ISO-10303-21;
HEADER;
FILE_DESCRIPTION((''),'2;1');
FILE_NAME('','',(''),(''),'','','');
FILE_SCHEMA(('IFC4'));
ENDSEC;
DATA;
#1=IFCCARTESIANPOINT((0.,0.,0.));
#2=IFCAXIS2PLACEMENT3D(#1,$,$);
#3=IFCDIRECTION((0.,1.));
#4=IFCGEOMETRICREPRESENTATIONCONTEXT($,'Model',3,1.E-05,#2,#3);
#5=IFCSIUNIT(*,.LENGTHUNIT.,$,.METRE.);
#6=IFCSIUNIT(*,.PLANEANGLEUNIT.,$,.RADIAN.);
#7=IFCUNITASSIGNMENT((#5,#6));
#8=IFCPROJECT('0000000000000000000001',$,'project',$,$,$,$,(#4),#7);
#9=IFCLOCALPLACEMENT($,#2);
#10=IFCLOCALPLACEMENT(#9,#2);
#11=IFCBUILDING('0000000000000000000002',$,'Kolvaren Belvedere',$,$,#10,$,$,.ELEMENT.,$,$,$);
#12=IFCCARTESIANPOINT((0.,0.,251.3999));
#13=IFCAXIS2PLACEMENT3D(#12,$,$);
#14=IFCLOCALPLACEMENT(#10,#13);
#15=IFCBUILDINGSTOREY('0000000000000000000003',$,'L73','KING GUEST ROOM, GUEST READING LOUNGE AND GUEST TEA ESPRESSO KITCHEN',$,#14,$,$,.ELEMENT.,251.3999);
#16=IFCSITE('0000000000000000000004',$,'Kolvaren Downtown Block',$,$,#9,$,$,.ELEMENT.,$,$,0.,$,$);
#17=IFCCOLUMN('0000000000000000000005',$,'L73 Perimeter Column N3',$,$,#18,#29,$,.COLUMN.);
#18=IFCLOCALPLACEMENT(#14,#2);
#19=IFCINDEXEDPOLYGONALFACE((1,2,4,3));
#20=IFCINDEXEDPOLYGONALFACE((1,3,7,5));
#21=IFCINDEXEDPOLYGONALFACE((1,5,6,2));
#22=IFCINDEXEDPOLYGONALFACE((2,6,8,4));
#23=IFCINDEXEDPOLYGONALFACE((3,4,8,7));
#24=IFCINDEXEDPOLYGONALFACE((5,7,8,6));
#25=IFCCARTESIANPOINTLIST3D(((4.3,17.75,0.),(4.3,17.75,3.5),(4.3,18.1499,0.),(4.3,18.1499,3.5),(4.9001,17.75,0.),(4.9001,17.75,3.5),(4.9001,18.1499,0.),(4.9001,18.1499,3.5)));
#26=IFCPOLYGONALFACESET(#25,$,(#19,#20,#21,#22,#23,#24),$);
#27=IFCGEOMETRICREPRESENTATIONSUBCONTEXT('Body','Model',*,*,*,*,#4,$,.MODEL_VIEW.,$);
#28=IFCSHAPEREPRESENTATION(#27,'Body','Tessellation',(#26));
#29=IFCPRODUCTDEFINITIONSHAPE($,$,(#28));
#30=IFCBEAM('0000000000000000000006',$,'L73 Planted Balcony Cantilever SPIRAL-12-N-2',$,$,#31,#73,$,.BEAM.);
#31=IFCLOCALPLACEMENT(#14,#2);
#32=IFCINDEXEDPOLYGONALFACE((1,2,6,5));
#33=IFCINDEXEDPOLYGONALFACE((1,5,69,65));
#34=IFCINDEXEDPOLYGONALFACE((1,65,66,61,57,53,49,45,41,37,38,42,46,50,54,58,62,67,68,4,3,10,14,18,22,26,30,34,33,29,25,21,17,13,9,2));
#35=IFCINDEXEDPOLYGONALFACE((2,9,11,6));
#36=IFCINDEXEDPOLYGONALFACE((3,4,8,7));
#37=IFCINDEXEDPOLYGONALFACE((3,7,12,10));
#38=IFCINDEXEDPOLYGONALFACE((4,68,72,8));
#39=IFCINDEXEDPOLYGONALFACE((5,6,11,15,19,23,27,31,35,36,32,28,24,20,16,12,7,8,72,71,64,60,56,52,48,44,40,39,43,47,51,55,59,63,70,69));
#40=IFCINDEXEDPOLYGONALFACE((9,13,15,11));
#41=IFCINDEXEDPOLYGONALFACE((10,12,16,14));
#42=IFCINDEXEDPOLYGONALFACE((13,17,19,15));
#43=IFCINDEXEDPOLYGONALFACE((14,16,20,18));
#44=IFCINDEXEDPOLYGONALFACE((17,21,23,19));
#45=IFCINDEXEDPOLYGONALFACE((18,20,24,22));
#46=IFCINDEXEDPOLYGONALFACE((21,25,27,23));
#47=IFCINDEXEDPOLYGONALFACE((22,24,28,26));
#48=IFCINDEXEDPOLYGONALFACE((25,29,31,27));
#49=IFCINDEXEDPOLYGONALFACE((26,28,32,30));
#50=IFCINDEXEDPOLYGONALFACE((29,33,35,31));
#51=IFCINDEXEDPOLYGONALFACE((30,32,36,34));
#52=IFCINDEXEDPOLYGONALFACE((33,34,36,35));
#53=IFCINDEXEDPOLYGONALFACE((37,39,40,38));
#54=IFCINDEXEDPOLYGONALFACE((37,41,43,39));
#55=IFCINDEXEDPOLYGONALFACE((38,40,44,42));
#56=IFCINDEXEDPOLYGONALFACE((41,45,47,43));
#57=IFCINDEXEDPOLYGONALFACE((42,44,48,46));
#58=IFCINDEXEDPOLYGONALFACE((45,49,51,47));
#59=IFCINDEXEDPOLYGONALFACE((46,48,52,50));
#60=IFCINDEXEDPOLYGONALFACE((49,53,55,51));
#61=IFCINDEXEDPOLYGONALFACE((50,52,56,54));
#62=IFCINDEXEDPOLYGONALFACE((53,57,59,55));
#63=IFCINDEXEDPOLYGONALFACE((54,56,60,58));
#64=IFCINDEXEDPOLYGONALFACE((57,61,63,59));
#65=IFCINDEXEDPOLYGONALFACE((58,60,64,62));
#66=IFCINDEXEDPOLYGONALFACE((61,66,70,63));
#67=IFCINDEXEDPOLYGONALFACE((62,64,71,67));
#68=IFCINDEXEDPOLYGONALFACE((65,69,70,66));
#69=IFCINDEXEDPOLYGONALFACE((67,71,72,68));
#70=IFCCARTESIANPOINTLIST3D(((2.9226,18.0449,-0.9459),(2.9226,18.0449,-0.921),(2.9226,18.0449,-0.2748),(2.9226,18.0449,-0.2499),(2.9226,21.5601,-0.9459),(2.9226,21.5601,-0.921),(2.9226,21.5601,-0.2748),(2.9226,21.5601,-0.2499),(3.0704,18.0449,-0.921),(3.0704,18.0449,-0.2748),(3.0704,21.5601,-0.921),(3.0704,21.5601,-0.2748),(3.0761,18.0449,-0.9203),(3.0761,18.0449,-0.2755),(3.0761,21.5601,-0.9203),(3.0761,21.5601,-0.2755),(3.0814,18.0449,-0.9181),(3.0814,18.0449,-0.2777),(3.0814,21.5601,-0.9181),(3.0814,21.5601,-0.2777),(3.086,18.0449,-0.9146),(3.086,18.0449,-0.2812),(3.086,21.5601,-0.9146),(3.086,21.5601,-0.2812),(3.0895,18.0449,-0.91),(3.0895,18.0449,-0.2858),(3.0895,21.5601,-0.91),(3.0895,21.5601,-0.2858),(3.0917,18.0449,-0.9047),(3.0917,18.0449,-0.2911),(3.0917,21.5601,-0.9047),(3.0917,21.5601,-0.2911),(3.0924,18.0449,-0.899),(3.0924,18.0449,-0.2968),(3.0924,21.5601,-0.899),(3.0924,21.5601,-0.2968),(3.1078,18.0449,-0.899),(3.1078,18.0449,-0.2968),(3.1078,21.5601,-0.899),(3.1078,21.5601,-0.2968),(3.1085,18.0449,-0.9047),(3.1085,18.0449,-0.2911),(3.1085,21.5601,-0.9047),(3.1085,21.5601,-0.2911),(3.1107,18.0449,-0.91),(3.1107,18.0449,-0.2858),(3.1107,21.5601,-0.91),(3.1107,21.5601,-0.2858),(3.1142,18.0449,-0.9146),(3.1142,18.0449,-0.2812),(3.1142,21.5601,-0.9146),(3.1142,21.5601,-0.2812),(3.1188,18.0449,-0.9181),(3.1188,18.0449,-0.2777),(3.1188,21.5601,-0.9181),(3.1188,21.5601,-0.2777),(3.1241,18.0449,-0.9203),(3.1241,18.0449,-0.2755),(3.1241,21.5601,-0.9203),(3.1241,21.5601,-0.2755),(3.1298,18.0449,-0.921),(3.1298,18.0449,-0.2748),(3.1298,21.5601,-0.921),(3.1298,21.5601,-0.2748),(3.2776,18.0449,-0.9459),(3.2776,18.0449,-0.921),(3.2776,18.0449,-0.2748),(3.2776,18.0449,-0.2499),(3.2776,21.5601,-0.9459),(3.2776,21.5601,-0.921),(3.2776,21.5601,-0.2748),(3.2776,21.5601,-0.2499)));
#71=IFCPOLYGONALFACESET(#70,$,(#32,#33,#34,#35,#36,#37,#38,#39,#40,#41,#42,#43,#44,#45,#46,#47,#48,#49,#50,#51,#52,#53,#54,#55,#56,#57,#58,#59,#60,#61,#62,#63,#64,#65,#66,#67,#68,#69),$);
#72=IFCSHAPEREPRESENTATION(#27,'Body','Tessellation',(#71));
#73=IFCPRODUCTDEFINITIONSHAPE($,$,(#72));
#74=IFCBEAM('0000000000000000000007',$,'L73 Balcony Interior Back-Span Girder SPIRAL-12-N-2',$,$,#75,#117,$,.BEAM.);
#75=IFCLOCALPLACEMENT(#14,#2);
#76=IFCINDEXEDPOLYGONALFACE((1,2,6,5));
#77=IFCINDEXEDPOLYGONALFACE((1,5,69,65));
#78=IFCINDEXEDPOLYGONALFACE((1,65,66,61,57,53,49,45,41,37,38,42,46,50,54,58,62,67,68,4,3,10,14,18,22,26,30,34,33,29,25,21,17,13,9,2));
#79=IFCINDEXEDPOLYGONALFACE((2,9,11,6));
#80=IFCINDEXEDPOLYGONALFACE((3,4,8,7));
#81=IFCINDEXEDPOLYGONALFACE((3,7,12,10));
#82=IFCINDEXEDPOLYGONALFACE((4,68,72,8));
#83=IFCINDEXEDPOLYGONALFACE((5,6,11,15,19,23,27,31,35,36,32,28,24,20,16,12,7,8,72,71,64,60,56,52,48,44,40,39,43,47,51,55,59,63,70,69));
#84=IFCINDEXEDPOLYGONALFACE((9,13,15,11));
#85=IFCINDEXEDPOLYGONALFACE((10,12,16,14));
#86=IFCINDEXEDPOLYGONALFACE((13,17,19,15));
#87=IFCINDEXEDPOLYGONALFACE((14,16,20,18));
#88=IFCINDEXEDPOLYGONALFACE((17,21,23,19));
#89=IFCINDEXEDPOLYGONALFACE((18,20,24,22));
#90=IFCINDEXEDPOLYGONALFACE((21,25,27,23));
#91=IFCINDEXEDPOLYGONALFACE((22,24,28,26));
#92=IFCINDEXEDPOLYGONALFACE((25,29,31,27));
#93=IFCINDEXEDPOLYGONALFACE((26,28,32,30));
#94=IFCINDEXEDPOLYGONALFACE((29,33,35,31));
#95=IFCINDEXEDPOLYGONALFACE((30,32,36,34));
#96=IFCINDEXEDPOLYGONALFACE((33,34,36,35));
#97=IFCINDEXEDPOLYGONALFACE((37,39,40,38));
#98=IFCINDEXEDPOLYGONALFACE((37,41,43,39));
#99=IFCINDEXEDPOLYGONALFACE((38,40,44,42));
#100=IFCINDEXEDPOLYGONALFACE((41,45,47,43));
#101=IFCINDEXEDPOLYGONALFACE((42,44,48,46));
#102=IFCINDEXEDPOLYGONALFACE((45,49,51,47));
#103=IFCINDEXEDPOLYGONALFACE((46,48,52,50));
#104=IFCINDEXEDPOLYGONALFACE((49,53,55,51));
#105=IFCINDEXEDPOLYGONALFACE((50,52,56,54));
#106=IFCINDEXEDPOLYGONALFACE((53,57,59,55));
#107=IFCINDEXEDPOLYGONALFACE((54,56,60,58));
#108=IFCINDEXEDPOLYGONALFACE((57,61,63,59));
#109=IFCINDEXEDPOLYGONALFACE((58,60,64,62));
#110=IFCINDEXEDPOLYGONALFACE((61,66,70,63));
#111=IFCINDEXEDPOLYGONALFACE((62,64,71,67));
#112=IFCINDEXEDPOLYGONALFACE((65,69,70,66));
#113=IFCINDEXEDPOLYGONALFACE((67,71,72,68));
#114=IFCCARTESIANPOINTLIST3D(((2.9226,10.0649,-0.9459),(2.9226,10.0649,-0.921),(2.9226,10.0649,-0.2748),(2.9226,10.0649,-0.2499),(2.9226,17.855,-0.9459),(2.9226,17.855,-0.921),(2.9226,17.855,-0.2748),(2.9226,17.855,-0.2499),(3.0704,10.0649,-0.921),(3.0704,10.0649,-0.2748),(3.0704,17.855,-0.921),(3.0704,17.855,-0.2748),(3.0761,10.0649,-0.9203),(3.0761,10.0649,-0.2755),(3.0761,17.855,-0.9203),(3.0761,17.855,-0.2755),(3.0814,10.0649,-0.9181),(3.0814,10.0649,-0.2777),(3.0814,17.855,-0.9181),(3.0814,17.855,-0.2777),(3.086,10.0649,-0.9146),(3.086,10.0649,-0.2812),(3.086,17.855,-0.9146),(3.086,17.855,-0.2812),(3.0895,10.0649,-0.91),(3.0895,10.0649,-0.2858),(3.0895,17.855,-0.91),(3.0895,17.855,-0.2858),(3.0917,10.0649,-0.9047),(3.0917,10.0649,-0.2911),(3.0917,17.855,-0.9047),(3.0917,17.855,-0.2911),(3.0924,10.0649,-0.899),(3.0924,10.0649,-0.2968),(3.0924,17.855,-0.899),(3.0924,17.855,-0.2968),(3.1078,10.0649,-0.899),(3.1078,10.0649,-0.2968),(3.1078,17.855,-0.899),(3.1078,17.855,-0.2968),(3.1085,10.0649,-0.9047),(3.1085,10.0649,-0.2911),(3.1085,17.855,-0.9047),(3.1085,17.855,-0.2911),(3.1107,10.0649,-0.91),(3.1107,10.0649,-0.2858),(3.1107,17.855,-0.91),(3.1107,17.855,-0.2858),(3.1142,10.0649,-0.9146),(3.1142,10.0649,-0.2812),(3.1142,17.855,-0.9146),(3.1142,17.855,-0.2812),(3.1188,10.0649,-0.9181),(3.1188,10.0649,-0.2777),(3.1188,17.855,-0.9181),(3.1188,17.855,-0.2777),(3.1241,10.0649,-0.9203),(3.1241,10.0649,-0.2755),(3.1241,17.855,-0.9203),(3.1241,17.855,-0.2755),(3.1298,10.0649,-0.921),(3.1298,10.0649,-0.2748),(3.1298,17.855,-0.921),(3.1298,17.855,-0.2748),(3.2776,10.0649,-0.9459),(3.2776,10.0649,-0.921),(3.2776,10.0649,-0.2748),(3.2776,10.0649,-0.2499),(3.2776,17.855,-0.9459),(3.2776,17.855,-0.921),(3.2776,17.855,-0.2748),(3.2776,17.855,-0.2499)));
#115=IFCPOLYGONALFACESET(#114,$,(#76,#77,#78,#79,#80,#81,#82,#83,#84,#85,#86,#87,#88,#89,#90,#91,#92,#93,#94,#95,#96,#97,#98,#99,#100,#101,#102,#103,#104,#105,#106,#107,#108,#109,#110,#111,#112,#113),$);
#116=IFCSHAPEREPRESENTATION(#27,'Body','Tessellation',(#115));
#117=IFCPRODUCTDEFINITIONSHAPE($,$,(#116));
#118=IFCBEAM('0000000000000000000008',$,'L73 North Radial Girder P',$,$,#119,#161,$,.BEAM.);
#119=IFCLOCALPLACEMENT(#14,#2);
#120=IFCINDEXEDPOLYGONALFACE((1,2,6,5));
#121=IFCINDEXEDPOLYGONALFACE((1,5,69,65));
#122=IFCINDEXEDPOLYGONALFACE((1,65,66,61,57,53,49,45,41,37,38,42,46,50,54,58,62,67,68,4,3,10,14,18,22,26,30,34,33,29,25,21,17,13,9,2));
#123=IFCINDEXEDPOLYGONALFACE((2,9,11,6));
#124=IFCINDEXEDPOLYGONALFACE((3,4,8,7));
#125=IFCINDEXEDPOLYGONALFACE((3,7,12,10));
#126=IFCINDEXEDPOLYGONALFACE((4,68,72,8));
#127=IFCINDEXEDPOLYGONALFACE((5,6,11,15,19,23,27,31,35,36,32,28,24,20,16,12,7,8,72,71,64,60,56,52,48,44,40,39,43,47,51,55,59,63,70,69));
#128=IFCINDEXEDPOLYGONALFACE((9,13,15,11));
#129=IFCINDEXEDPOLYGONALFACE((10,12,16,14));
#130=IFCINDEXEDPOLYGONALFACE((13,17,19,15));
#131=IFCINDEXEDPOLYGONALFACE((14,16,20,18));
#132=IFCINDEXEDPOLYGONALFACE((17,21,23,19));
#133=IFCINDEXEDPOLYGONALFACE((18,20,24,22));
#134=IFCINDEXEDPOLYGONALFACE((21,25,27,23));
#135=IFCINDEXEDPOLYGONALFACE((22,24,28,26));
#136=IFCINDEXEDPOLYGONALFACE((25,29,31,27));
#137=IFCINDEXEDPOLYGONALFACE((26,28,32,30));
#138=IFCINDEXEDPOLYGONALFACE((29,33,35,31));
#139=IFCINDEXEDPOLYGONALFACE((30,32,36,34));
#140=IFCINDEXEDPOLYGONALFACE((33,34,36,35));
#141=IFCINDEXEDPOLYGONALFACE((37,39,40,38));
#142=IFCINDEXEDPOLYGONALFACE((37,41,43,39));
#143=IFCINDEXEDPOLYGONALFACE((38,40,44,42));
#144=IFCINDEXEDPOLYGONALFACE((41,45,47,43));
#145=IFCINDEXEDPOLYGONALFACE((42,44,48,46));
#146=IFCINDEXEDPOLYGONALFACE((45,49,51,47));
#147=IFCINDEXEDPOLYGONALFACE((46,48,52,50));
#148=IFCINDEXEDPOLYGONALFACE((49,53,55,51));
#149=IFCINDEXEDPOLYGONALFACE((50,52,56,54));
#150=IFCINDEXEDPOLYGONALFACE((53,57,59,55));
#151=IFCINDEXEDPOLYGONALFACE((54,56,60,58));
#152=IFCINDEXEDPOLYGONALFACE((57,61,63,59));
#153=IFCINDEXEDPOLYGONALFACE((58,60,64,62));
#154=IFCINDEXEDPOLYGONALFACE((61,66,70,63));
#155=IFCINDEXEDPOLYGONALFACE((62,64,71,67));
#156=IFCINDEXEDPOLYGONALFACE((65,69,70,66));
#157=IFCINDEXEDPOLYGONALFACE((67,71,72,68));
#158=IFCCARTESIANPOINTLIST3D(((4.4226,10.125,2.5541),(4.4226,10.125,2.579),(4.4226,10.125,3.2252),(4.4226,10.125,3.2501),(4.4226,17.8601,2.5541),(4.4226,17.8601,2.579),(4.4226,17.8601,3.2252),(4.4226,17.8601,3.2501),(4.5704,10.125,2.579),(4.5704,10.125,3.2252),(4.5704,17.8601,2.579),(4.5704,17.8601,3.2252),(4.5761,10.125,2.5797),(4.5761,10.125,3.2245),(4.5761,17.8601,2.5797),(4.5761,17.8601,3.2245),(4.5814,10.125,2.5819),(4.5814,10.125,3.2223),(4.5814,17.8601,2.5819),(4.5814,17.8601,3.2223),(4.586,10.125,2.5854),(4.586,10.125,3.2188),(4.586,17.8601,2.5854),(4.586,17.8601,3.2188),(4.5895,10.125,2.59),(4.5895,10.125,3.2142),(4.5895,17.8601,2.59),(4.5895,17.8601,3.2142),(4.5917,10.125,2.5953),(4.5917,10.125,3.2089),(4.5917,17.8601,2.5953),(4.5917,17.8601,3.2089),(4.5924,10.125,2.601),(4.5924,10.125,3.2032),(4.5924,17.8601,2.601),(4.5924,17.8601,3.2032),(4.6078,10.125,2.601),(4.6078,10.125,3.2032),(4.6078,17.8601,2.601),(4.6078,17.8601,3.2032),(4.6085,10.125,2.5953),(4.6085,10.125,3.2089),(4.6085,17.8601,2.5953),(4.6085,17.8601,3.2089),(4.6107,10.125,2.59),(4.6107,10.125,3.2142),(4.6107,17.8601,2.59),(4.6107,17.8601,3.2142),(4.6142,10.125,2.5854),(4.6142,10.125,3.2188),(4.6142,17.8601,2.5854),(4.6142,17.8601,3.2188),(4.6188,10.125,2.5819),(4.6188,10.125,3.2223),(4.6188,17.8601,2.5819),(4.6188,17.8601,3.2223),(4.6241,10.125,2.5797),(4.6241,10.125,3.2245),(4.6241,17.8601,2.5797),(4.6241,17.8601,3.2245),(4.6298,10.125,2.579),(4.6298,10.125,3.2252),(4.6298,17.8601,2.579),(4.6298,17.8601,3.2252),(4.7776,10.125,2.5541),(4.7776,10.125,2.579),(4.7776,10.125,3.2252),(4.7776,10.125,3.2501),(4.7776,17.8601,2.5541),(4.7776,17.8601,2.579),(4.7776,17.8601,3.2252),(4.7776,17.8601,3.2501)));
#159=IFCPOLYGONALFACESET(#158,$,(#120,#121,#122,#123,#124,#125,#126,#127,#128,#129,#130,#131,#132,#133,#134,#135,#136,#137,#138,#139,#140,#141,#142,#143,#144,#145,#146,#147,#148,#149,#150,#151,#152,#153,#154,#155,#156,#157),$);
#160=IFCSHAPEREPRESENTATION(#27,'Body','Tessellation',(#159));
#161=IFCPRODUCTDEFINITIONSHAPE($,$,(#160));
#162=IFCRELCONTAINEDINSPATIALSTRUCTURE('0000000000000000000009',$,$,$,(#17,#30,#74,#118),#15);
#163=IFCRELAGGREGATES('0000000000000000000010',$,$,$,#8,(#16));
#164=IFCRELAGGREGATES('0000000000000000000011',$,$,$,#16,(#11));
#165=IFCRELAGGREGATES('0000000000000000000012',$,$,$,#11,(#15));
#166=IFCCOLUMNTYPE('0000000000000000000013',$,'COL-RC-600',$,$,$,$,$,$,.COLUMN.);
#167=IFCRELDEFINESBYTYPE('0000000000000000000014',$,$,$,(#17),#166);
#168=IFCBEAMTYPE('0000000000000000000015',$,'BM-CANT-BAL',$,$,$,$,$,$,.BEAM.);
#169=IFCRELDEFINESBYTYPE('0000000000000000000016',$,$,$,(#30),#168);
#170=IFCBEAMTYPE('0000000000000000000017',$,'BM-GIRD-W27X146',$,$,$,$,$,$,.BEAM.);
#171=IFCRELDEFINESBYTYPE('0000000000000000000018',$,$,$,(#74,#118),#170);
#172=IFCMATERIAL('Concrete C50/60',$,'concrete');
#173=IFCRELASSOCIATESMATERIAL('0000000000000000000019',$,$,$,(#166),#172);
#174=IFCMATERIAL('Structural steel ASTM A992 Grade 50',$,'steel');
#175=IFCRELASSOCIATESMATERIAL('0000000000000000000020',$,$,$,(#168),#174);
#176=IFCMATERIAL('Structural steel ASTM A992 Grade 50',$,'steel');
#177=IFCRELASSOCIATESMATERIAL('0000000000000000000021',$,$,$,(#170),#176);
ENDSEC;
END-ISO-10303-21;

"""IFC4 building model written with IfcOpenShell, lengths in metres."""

from ifc_helpers import new_model, si_unit, direction, frame, origin, origin_2d, place, context, subcontext, project, spatial, rectangle, i_section, extrude, material, material_profile, profile_set, type_object, element, save


model = new_model("IFC4")

# Units and contexts
model_context = context("Model", 3, precision=1e-05, world=origin(), true_north=direction((0.0, 1.0)))
body_context = subcontext(model_context, "Body", "Model", "MODEL_VIEW")
ifc_project = project(units=[si_unit("LENGTHUNIT", "METRE"), si_unit("PLANEANGLEUNIT", "RADIAN")], contexts=[model_context])

# Site, building, storey
site_placement = place(None, origin())
site = spatial("IfcSite", under=ifc_project, at=site_placement, Name="Kolvaren Downtown Block", CompositionType="ELEMENT", RefElevation=0.0)
building_placement = place(site_placement, origin())
building = spatial("IfcBuilding", under=site, at=building_placement, Name="Kolvaren Belvedere", CompositionType="ELEMENT")
storey_placement = place(building_placement, frame((0.0, 0.0, 251.3999)))
storey = spatial("IfcBuildingStorey", under=building, at=storey_placement, Name="L73", Description="KING GUEST ROOM, GUEST READING LOUNGE AND GUEST TEA ESPRESSO KITCHEN", CompositionType="ELEMENT", Elevation=251.3999)

# Column
ifc_material_1 = material(Name="Concrete C50/60", Category="concrete")
ifc_material_profile_1 = material_profile(ifc_material_1, rectangle(XDim=0.6001, YDim=0.3999, at=origin_2d()), Name="RC 600X400")
ifc_profile_set_1 = profile_set([ifc_material_profile_1], Name="Concrete C50/60")
column_type = type_object("IfcColumnType", Name="COL-RC-600", PredefinedType="COLUMN", material=ifc_profile_set_1)
column_placement = place(storey_placement, frame((4.6001, 17.95, 0.0), z_axis=(0.0, 0.0, 1.0), x_axis=(1.0, 0.0, 0.0)))
element("IfcColumn", 1, at=column_placement, inside=storey, type_object=column_type, Name="L73 Perimeter Column N3", PredefinedType="COLUMN", context=body_context, shape_type="SweptSolid", body=[
    extrude(rectangle(XDim=0.6001, YDim=0.3999, at=origin_2d()), origin(), (0.0, 0.0, 1.0), 3.5),
])

# Beams
ifc_material_2 = material(Name="Structural steel ASTM A992 Grade 50", Category="steel")
ifc_material_profile_2 = material_profile(ifc_material_2, i_section(OverallWidth=0.355, OverallDepth=0.696, WebThickness=0.0154, FlangeThickness=0.0249, FilletRadius=0.022, at=origin_2d()), Name="W27X146")
ifc_profile_set_2 = profile_set([ifc_material_profile_2], Name="Structural steel ASTM A992 Grade 50")
beam_type_1 = type_object("IfcBeamType", Name="BM-CANT-BAL", PredefinedType="BEAM", material=ifc_profile_set_2)
beam_1_placement = place(storey_placement, frame((3.1001, 18.0449, -0.5979), z_axis=(0.0, 1.0, 0.0), x_axis=(-1.0, 0.0, 0.0)))
element("IfcBeam", 2, at=beam_1_placement, inside=storey, type_object=beam_type_1, Name="L73 Planted Balcony Cantilever SPIRAL-12-N-2", PredefinedType="BEAM", context=body_context, shape_type="SweptSolid", body=[
    extrude(i_section(OverallWidth=0.355, OverallDepth=0.696, WebThickness=0.0154, FlangeThickness=0.0249, FilletRadius=0.022, at=origin_2d()), origin(), (0.0, 0.0, 1.0), 3.5151),
])
ifc_material_3 = material(Name="Structural steel ASTM A992 Grade 50", Category="steel")
ifc_material_profile_3 = material_profile(ifc_material_3, i_section(OverallWidth=0.355, OverallDepth=0.696, WebThickness=0.0154, FlangeThickness=0.0249, FilletRadius=0.022, at=origin_2d()), Name="W27X146")
ifc_profile_set_3 = profile_set([ifc_material_profile_3], Name="Structural steel ASTM A992 Grade 50")
beam_type_2 = type_object("IfcBeamType", Name="BM-GIRD-W27X146", PredefinedType="BEAM", material=ifc_profile_set_3)
beam_2_placement = place(storey_placement, frame((3.1001, 10.0649, -0.5979), z_axis=(0.0, 1.0, 0.0), x_axis=(-1.0, 0.0, 0.0)))
element("IfcBeam", 3, at=beam_2_placement, inside=storey, type_object=beam_type_2, Name="L73 Balcony Interior Back-Span Girder SPIRAL-12-N-2", PredefinedType="BEAM", context=body_context, shape_type="SweptSolid", body=[
    extrude(i_section(OverallWidth=0.355, OverallDepth=0.696, WebThickness=0.0154, FlangeThickness=0.0249, FilletRadius=0.022, at=origin_2d()), origin(), (0.0, 0.0, 1.0), 7.79),
])
beam_3_placement = place(storey_placement, frame((4.6001, 10.125, 2.9021), z_axis=(0.0, 1.0, 0.0), x_axis=(-1.0, 0.0, 0.0)))
element("IfcBeam", 4, at=beam_3_placement, inside=storey, type_object=beam_type_2, Name="L73 North Radial Girder P", PredefinedType="BEAM", context=body_context, shape_type="SweptSolid", body=[
    extrude(i_section(OverallWidth=0.355, OverallDepth=0.696, WebThickness=0.0154, FlangeThickness=0.0249, FilletRadius=0.022, at=origin_2d()), origin(), (0.0, 0.0, 1.0), 7.7351),
])

save(model, "model.ifc")
